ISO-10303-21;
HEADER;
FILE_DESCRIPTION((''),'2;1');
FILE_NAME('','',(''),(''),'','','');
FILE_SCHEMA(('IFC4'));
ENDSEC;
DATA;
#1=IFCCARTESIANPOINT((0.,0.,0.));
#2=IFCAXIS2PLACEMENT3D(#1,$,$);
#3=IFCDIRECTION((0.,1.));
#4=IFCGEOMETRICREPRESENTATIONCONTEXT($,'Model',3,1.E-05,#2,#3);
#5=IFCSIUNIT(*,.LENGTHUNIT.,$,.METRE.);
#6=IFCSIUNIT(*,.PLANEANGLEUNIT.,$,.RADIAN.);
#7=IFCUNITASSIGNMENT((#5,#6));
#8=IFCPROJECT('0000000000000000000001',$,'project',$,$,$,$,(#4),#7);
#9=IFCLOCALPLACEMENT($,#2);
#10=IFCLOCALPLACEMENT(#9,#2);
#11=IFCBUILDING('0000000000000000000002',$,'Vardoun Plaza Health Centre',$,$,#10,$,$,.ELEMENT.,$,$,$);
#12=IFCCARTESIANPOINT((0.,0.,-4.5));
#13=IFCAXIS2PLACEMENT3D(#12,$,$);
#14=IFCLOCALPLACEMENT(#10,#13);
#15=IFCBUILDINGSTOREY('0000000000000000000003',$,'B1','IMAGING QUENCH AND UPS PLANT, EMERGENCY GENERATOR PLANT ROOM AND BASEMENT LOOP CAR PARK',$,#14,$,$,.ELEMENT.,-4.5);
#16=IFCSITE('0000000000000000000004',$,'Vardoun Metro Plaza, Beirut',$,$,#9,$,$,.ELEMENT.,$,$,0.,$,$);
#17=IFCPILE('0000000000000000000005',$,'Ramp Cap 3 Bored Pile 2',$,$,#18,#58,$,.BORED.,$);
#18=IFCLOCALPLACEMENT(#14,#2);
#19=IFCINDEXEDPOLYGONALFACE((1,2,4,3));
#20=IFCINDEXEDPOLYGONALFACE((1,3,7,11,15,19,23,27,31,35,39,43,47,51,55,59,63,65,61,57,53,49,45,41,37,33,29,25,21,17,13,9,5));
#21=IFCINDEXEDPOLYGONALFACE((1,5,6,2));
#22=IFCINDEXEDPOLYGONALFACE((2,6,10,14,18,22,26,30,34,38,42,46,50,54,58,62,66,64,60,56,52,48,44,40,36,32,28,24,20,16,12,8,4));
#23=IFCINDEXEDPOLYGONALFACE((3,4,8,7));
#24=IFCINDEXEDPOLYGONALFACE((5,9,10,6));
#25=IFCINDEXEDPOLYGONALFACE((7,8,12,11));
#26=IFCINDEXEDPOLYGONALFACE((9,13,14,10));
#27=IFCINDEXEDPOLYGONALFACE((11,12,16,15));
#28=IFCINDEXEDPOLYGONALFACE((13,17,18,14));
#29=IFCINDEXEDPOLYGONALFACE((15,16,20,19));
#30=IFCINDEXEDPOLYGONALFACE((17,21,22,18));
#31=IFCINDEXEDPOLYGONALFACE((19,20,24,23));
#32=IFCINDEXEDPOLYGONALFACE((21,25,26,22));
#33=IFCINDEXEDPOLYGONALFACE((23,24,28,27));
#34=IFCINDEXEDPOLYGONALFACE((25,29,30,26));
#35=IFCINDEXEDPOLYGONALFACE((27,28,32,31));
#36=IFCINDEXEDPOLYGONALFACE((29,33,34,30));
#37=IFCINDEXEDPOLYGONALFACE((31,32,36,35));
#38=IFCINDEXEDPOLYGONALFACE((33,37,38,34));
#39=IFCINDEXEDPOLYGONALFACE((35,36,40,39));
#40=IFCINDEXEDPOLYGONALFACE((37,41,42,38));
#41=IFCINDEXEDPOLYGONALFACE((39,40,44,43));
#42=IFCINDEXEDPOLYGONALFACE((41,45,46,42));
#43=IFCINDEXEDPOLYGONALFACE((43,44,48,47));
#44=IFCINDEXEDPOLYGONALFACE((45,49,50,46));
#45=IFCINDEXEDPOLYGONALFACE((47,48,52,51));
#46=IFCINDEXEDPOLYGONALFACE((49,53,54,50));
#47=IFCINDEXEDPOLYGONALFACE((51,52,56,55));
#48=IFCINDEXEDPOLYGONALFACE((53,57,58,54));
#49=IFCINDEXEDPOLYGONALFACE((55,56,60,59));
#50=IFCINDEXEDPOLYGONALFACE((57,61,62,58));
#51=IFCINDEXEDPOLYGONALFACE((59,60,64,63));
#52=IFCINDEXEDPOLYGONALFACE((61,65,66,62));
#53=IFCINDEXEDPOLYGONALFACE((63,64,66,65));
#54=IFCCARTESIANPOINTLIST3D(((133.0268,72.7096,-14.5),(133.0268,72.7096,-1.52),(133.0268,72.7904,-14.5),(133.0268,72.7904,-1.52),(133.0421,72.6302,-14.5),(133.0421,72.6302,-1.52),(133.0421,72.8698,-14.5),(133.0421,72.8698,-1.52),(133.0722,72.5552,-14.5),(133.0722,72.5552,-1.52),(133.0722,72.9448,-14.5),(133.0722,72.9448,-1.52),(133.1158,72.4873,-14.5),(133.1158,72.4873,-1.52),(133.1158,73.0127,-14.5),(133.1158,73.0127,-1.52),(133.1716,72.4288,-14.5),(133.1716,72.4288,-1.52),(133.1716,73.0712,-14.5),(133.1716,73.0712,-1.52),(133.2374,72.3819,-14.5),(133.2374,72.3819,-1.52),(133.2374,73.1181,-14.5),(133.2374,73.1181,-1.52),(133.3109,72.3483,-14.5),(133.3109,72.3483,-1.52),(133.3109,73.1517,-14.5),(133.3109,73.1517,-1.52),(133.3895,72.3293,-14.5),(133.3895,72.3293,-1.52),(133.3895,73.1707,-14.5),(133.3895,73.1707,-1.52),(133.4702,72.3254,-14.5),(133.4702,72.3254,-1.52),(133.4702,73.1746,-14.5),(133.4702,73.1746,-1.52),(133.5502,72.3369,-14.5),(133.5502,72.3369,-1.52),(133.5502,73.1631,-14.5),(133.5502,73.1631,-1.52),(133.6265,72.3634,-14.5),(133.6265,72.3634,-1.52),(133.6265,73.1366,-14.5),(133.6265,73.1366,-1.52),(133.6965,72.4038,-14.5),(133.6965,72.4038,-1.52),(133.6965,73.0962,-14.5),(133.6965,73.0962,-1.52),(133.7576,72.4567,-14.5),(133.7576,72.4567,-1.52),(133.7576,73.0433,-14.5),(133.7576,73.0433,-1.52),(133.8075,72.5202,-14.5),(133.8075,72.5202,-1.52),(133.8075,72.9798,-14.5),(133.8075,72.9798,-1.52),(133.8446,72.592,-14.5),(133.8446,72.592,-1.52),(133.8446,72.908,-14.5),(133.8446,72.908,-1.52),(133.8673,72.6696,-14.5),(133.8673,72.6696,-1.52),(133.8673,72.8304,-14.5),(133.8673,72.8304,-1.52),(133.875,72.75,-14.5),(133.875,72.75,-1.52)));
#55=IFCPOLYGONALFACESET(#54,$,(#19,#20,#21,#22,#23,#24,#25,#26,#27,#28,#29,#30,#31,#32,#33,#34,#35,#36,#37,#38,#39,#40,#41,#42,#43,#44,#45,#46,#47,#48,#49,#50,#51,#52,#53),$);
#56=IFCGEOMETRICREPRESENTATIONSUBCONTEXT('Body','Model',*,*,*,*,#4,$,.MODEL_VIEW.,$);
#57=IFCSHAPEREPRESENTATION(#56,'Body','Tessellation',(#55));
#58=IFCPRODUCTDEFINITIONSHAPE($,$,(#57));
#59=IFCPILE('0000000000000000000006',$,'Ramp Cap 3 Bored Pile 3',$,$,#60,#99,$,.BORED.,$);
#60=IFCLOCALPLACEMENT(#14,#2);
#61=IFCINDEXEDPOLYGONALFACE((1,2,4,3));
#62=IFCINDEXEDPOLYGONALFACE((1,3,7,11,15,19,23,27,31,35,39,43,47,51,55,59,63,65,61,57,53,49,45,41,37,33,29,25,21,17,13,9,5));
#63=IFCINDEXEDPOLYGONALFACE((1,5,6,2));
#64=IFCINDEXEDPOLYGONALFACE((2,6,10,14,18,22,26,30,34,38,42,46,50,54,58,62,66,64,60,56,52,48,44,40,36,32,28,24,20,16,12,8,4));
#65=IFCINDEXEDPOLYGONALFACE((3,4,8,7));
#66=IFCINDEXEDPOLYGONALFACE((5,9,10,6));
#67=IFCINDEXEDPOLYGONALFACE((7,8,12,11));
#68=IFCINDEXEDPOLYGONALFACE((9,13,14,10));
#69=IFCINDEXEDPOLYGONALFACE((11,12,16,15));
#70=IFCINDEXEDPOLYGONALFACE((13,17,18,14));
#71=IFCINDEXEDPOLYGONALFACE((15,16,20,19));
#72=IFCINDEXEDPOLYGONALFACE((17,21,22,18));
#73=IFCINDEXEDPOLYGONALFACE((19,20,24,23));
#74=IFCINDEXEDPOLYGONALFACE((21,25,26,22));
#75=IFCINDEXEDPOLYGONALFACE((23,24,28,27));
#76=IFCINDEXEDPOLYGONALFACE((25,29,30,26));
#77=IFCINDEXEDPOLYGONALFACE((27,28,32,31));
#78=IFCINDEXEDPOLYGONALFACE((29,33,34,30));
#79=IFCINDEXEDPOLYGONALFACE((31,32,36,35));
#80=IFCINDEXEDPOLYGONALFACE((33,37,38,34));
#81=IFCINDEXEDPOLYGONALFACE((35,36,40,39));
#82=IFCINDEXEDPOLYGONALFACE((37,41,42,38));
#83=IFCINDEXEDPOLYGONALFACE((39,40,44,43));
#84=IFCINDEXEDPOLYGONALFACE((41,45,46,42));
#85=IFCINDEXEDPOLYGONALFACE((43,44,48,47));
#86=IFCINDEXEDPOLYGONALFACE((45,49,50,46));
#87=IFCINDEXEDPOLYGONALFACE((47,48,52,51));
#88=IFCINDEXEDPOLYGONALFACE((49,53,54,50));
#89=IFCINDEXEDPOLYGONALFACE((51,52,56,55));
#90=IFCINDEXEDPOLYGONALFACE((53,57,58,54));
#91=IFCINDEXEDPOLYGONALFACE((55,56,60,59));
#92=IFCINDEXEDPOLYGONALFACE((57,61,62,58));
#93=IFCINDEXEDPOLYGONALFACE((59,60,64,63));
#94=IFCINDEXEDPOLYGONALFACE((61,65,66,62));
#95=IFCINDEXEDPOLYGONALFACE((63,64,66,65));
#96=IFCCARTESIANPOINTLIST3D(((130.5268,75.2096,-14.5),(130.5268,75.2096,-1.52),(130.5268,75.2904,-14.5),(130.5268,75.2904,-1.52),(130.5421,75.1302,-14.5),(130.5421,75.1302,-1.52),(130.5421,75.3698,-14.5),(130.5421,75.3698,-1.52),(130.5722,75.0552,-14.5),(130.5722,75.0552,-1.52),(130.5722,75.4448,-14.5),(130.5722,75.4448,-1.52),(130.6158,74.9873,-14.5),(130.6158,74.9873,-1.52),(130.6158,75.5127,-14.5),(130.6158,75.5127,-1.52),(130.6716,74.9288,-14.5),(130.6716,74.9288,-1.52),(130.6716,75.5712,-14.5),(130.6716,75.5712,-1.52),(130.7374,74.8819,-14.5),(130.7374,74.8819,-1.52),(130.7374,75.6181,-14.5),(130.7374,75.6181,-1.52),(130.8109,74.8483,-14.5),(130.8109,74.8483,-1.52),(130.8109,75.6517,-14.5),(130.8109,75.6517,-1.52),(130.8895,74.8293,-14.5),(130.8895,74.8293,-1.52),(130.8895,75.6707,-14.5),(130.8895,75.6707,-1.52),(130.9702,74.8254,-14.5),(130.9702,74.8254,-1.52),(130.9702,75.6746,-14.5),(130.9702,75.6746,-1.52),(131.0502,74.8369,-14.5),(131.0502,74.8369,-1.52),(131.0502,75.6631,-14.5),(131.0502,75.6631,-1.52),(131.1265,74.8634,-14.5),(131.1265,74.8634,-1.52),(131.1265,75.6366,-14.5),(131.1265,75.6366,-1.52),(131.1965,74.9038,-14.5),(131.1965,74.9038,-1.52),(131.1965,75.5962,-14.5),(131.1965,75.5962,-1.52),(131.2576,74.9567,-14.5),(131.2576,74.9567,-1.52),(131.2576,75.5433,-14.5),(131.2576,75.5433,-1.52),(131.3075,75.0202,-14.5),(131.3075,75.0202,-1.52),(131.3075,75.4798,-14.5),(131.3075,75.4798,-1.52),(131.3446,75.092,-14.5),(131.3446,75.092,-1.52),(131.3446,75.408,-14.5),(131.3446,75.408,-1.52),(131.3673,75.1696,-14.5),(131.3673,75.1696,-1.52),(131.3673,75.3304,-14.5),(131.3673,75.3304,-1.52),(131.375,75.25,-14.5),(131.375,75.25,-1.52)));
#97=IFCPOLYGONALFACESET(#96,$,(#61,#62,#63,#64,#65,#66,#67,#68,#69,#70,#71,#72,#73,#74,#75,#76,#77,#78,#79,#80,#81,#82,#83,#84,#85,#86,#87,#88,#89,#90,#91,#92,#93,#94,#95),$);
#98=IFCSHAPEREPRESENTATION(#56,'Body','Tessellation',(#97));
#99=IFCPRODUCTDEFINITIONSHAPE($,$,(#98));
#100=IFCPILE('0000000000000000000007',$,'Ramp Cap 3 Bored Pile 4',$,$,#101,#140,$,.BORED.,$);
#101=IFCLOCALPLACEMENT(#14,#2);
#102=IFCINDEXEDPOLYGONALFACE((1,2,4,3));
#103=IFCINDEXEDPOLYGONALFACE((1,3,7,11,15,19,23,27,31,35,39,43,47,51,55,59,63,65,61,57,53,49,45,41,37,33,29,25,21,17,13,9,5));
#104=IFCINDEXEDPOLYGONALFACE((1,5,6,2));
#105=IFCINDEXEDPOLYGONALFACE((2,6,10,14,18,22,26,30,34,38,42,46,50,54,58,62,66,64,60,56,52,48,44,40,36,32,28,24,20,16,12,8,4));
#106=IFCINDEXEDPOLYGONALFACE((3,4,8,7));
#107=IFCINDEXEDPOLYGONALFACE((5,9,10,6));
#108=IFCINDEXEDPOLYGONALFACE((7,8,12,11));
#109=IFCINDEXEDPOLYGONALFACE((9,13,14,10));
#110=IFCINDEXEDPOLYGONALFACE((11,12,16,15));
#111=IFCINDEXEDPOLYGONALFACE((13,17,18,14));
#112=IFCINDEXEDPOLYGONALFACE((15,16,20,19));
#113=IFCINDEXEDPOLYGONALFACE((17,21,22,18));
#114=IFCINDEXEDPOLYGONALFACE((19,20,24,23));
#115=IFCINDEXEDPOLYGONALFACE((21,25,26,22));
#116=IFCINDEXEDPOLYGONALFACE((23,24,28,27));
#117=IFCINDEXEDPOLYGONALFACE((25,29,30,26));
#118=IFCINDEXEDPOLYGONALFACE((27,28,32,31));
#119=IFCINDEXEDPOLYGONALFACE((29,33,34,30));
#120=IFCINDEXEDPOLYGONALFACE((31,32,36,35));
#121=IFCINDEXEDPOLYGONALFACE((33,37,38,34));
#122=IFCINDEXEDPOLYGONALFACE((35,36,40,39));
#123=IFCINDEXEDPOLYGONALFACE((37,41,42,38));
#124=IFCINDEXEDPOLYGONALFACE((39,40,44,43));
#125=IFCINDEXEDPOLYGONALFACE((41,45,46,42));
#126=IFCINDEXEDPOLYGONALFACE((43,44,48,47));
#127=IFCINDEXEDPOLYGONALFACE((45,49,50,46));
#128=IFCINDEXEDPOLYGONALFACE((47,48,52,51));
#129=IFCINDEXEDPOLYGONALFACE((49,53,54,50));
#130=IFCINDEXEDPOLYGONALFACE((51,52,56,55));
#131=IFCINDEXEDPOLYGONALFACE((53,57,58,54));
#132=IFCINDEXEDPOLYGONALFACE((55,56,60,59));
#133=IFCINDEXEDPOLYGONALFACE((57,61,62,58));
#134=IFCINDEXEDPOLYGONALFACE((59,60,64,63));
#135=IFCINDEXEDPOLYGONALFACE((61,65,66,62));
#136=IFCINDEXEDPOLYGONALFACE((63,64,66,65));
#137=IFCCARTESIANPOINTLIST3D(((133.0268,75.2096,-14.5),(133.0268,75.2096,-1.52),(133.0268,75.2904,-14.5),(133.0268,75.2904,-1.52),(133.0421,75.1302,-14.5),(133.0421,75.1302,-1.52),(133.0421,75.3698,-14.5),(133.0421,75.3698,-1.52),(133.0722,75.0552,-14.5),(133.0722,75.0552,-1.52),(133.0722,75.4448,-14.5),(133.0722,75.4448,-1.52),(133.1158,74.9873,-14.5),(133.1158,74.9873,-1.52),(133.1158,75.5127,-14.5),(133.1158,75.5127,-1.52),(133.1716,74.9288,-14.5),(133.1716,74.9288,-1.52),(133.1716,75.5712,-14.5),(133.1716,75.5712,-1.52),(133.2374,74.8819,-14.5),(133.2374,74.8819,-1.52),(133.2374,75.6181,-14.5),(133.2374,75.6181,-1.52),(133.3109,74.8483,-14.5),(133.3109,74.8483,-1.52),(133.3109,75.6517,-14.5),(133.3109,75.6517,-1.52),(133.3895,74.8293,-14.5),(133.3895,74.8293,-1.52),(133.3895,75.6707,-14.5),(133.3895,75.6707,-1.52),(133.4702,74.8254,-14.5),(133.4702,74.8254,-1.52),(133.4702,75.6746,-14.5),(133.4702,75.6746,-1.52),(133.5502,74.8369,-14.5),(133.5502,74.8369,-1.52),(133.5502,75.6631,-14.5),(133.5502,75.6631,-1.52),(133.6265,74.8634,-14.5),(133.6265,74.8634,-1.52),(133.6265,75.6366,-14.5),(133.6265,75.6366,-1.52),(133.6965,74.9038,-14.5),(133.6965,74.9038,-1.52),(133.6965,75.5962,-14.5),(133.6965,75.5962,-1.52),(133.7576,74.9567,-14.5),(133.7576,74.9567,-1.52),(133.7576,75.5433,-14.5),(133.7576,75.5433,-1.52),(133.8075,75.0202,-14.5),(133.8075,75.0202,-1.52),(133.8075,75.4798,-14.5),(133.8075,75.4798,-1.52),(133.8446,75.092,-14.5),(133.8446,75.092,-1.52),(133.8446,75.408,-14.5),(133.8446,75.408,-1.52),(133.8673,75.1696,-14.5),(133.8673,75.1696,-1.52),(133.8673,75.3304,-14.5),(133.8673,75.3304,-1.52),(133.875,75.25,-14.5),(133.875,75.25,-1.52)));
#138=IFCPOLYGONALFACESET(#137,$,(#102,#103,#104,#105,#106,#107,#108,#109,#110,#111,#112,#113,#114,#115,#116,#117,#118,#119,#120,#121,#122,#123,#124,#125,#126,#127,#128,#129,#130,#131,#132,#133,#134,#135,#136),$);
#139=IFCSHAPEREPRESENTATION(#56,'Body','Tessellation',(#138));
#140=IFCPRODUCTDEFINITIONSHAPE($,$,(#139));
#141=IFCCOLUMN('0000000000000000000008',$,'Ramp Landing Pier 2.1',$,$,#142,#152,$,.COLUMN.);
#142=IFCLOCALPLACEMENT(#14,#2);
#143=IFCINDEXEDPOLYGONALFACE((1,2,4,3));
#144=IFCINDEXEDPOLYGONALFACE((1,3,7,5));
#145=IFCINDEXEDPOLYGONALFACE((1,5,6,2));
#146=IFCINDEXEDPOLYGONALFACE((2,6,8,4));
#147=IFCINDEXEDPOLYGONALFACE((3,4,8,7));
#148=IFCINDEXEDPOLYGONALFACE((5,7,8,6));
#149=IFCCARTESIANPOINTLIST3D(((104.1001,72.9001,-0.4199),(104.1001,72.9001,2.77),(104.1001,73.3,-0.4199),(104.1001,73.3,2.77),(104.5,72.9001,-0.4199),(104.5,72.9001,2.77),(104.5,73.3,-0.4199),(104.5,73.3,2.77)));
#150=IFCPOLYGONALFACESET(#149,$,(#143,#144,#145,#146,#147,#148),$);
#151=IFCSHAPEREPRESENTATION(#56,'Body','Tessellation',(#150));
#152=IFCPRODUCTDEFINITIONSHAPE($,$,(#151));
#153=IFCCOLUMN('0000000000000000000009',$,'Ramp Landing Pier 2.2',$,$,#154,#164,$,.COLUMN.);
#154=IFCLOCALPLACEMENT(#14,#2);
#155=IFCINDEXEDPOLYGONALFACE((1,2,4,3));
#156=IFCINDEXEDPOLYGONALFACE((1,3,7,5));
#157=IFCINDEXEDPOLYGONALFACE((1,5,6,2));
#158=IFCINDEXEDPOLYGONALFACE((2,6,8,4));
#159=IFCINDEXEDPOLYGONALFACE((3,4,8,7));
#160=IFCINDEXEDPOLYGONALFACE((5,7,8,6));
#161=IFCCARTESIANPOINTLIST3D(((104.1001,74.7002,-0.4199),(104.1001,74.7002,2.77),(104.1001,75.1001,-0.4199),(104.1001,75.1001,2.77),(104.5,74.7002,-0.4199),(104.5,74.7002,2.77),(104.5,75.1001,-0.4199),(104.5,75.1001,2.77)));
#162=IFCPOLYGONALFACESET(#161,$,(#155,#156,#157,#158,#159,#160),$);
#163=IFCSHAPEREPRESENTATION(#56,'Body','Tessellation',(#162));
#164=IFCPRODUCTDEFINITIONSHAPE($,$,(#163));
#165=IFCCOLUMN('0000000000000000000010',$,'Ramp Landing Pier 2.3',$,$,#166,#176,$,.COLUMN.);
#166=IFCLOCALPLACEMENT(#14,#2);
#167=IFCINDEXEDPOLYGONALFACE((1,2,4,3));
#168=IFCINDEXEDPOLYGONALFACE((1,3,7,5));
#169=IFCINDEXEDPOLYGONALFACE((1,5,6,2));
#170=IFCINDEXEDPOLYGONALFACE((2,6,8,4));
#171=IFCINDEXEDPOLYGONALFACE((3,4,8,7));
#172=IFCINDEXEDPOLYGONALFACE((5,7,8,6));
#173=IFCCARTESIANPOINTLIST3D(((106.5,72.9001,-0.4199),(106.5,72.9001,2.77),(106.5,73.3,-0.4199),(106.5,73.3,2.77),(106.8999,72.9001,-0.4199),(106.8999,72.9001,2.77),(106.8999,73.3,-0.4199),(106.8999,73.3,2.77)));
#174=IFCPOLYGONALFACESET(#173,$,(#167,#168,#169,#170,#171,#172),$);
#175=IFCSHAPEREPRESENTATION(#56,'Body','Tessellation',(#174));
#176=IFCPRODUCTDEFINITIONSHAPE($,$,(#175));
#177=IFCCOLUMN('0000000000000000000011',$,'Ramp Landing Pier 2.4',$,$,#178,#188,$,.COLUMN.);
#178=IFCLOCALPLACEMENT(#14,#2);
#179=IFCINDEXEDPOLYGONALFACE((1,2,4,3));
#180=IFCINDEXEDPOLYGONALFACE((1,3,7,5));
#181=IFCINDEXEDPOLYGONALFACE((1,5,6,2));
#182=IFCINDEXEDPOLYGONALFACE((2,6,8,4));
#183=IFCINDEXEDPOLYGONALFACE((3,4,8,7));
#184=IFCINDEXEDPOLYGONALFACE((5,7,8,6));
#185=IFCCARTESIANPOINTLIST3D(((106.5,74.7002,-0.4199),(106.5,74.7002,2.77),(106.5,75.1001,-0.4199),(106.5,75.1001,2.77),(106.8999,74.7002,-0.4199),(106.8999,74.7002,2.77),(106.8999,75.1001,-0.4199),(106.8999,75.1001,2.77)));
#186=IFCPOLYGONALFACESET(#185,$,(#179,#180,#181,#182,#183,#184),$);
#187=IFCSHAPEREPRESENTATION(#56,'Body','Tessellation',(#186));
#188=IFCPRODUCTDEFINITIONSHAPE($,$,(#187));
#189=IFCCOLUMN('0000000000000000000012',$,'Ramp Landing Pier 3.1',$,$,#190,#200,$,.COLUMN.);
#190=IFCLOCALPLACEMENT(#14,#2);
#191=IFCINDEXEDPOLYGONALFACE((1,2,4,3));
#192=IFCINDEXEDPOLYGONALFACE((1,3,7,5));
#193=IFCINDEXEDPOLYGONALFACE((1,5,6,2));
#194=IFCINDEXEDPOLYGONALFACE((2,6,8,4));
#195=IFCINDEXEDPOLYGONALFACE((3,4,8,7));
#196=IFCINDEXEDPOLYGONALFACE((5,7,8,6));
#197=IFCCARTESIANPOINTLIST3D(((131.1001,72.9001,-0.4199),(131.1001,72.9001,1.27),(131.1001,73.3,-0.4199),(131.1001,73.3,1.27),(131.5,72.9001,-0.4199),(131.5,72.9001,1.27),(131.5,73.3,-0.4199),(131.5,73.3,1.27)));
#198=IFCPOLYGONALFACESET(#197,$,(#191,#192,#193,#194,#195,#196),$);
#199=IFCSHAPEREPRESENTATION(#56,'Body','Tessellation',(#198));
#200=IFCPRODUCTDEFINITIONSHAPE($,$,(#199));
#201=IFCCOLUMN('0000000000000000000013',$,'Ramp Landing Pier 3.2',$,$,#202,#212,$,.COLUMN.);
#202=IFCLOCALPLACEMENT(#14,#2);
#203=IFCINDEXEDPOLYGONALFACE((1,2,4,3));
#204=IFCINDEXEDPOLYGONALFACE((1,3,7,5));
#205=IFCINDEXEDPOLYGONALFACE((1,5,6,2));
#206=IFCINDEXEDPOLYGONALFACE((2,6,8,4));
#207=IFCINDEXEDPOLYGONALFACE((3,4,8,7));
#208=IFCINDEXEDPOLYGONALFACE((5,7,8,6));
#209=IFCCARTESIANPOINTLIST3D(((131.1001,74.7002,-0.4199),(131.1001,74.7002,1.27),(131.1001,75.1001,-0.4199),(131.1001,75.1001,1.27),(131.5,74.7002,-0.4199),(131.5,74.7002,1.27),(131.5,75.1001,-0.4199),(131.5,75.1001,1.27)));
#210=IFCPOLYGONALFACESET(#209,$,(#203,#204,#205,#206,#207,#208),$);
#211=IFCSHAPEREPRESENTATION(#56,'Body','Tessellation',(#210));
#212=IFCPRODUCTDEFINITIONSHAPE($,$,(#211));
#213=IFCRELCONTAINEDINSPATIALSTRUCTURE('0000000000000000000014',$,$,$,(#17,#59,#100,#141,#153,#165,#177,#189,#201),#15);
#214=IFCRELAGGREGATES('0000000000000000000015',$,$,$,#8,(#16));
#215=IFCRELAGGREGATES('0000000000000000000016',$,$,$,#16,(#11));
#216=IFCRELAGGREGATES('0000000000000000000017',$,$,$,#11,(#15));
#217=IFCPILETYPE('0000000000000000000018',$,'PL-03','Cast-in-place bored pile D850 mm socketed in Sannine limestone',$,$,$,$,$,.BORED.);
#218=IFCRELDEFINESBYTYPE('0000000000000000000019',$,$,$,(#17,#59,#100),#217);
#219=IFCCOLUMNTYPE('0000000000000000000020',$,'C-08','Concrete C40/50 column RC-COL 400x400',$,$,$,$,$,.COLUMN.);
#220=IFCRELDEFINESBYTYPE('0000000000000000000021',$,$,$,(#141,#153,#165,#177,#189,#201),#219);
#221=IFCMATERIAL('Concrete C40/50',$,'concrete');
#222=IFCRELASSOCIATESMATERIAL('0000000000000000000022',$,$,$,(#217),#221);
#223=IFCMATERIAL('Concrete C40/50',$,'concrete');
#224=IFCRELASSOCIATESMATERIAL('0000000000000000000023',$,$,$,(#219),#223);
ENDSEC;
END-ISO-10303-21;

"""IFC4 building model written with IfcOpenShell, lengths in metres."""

from ifc_helpers import new_model, si_unit, direction, frame, origin, origin_2d, place, context, subcontext, project, spatial, rectangle, circle, extrude, material, material_profile, profile_set, type_object, element, save


model = new_model("IFC4")

# Units and contexts
model_context = context("Model", 3, precision=1e-05, world=origin(), true_north=direction((0.0, 1.0)))
body_context = subcontext(model_context, "Body", "Model", "MODEL_VIEW")
ifc_project = project(units=[si_unit("LENGTHUNIT", "METRE"), si_unit("PLANEANGLEUNIT", "RADIAN")], contexts=[model_context])

# Site, building, storey
site_placement = place(None, origin())
site = spatial("IfcSite", under=ifc_project, at=site_placement, Name="Vardoun Metro Plaza, Beirut", CompositionType="ELEMENT", RefElevation=0.0)
building_placement = place(site_placement, origin())
building = spatial("IfcBuilding", under=site, at=building_placement, Name="Vardoun Plaza Health Centre", CompositionType="ELEMENT")
storey_placement = place(building_placement, frame((0.0, 0.0, -4.5)))
storey = spatial("IfcBuildingStorey", under=building, at=storey_placement, Name="B1", Description="IMAGING QUENCH AND UPS PLANT, EMERGENCY GENERATOR PLANT ROOM AND BASEMENT LOOP CAR PARK", CompositionType="ELEMENT", Elevation=-4.5)

# Piles
ifc_material_1 = material(Name="Concrete C40/50", Category="concrete")
ifc_material_profile_1 = material_profile(ifc_material_1, circle(Radius=0.425, at=origin_2d()), Name="PILE D850")
ifc_profile_set_1 = profile_set([ifc_material_profile_1], Name="Concrete C40/50")
pile_type_1 = type_object("IfcPileType", Name="PL-03", Description="Cast-in-place bored pile D850 mm socketed in Sannine limestone", PredefinedType="BORED", material=ifc_profile_set_1)
for number, where, z_axis, x_axis, name in (
    (1, (133.45, 72.75, -1.52), (0.0, 0.0, -1.0), (1.0, 0.0, 0.0), "Ramp Cap 3 Bored Pile 2"),
    (2, (130.95, 75.25, -1.52), (0.0, 0.0, -1.0), (1.0, 0.0, 0.0), "Ramp Cap 3 Bored Pile 3"),
    (3, (133.45, 75.25, -1.52), (0.0, 0.0, -1.0), (1.0, 0.0, 0.0), "Ramp Cap 3 Bored Pile 4"),
):
    element("IfcPile", number, at=place(storey_placement, frame(where, z_axis=z_axis, x_axis=x_axis)), inside=storey, type_object=pile_type_1, Name=name, PredefinedType="BORED", context=body_context, shape_type="SweptSolid", body=[
        extrude(circle(Radius=0.425, at=origin_2d()), origin(), (0.0, 0.0, 1.0), 12.98),
    ])

# Columns
ifc_material_2 = material(Name="Concrete C40/50", Category="concrete")
ifc_material_profile_2 = material_profile(ifc_material_2, rectangle(XDim=0.3999, YDim=0.3999, at=origin_2d()), Name="RC-COL 400x400")
ifc_profile_set_2 = profile_set([ifc_material_profile_2], Name="Concrete C40/50")
column_type = type_object("IfcColumnType", Name="C-08", Description="Concrete C40/50 column RC-COL 400x400", PredefinedType="COLUMN", material=ifc_profile_set_2)
for number, where, z_axis, x_axis, name in (
    (4, (104.3, 73.1001, -0.4199), (0.0, 0.0, 1.0), (1.0, 0.0, 0.0), "Ramp Landing Pier 2.1"),
    (5, (104.3, 74.9001, -0.4199), (0.0, 0.0, 1.0), (1.0, 0.0, 0.0), "Ramp Landing Pier 2.2"),
    (6, (106.7, 73.1001, -0.4199), (0.0, 0.0, 1.0), (1.0, 0.0, 0.0), "Ramp Landing Pier 2.3"),
    (7, (106.7, 74.9001, -0.4199), (0.0, 0.0, 1.0), (1.0, 0.0, 0.0), "Ramp Landing Pier 2.4"),
):
    element("IfcColumn", number, at=place(storey_placement, frame(where, z_axis=z_axis, x_axis=x_axis)), inside=storey, type_object=column_type, Name=name, PredefinedType="COLUMN", context=body_context, shape_type="SweptSolid", body=[
        extrude(rectangle(XDim=0.3999, YDim=0.3999, at=origin_2d()), origin(), (0.0, 0.0, 1.0), 3.1899),
    ])
for number, where, z_axis, x_axis, name in (
    (8, (131.3, 73.1001, -0.4199), (0.0, 0.0, 1.0), (1.0, 0.0, 0.0), "Ramp Landing Pier 3.1"),
    (9, (131.3, 74.9001, -0.4199), (0.0, 0.0, 1.0), (1.0, 0.0, 0.0), "Ramp Landing Pier 3.2"),
):
    element("IfcColumn", number, at=place(storey_placement, frame(where, z_axis=z_axis, x_axis=x_axis)), inside=storey, type_object=column_type, Name=name, PredefinedType="COLUMN", context=body_context, shape_type="SweptSolid", body=[
        extrude(rectangle(XDim=0.3999, YDim=0.3999, at=origin_2d()), origin(), (0.0, 0.0, 1.0), 1.6899),
    ])

save(model, "model.ifc")
